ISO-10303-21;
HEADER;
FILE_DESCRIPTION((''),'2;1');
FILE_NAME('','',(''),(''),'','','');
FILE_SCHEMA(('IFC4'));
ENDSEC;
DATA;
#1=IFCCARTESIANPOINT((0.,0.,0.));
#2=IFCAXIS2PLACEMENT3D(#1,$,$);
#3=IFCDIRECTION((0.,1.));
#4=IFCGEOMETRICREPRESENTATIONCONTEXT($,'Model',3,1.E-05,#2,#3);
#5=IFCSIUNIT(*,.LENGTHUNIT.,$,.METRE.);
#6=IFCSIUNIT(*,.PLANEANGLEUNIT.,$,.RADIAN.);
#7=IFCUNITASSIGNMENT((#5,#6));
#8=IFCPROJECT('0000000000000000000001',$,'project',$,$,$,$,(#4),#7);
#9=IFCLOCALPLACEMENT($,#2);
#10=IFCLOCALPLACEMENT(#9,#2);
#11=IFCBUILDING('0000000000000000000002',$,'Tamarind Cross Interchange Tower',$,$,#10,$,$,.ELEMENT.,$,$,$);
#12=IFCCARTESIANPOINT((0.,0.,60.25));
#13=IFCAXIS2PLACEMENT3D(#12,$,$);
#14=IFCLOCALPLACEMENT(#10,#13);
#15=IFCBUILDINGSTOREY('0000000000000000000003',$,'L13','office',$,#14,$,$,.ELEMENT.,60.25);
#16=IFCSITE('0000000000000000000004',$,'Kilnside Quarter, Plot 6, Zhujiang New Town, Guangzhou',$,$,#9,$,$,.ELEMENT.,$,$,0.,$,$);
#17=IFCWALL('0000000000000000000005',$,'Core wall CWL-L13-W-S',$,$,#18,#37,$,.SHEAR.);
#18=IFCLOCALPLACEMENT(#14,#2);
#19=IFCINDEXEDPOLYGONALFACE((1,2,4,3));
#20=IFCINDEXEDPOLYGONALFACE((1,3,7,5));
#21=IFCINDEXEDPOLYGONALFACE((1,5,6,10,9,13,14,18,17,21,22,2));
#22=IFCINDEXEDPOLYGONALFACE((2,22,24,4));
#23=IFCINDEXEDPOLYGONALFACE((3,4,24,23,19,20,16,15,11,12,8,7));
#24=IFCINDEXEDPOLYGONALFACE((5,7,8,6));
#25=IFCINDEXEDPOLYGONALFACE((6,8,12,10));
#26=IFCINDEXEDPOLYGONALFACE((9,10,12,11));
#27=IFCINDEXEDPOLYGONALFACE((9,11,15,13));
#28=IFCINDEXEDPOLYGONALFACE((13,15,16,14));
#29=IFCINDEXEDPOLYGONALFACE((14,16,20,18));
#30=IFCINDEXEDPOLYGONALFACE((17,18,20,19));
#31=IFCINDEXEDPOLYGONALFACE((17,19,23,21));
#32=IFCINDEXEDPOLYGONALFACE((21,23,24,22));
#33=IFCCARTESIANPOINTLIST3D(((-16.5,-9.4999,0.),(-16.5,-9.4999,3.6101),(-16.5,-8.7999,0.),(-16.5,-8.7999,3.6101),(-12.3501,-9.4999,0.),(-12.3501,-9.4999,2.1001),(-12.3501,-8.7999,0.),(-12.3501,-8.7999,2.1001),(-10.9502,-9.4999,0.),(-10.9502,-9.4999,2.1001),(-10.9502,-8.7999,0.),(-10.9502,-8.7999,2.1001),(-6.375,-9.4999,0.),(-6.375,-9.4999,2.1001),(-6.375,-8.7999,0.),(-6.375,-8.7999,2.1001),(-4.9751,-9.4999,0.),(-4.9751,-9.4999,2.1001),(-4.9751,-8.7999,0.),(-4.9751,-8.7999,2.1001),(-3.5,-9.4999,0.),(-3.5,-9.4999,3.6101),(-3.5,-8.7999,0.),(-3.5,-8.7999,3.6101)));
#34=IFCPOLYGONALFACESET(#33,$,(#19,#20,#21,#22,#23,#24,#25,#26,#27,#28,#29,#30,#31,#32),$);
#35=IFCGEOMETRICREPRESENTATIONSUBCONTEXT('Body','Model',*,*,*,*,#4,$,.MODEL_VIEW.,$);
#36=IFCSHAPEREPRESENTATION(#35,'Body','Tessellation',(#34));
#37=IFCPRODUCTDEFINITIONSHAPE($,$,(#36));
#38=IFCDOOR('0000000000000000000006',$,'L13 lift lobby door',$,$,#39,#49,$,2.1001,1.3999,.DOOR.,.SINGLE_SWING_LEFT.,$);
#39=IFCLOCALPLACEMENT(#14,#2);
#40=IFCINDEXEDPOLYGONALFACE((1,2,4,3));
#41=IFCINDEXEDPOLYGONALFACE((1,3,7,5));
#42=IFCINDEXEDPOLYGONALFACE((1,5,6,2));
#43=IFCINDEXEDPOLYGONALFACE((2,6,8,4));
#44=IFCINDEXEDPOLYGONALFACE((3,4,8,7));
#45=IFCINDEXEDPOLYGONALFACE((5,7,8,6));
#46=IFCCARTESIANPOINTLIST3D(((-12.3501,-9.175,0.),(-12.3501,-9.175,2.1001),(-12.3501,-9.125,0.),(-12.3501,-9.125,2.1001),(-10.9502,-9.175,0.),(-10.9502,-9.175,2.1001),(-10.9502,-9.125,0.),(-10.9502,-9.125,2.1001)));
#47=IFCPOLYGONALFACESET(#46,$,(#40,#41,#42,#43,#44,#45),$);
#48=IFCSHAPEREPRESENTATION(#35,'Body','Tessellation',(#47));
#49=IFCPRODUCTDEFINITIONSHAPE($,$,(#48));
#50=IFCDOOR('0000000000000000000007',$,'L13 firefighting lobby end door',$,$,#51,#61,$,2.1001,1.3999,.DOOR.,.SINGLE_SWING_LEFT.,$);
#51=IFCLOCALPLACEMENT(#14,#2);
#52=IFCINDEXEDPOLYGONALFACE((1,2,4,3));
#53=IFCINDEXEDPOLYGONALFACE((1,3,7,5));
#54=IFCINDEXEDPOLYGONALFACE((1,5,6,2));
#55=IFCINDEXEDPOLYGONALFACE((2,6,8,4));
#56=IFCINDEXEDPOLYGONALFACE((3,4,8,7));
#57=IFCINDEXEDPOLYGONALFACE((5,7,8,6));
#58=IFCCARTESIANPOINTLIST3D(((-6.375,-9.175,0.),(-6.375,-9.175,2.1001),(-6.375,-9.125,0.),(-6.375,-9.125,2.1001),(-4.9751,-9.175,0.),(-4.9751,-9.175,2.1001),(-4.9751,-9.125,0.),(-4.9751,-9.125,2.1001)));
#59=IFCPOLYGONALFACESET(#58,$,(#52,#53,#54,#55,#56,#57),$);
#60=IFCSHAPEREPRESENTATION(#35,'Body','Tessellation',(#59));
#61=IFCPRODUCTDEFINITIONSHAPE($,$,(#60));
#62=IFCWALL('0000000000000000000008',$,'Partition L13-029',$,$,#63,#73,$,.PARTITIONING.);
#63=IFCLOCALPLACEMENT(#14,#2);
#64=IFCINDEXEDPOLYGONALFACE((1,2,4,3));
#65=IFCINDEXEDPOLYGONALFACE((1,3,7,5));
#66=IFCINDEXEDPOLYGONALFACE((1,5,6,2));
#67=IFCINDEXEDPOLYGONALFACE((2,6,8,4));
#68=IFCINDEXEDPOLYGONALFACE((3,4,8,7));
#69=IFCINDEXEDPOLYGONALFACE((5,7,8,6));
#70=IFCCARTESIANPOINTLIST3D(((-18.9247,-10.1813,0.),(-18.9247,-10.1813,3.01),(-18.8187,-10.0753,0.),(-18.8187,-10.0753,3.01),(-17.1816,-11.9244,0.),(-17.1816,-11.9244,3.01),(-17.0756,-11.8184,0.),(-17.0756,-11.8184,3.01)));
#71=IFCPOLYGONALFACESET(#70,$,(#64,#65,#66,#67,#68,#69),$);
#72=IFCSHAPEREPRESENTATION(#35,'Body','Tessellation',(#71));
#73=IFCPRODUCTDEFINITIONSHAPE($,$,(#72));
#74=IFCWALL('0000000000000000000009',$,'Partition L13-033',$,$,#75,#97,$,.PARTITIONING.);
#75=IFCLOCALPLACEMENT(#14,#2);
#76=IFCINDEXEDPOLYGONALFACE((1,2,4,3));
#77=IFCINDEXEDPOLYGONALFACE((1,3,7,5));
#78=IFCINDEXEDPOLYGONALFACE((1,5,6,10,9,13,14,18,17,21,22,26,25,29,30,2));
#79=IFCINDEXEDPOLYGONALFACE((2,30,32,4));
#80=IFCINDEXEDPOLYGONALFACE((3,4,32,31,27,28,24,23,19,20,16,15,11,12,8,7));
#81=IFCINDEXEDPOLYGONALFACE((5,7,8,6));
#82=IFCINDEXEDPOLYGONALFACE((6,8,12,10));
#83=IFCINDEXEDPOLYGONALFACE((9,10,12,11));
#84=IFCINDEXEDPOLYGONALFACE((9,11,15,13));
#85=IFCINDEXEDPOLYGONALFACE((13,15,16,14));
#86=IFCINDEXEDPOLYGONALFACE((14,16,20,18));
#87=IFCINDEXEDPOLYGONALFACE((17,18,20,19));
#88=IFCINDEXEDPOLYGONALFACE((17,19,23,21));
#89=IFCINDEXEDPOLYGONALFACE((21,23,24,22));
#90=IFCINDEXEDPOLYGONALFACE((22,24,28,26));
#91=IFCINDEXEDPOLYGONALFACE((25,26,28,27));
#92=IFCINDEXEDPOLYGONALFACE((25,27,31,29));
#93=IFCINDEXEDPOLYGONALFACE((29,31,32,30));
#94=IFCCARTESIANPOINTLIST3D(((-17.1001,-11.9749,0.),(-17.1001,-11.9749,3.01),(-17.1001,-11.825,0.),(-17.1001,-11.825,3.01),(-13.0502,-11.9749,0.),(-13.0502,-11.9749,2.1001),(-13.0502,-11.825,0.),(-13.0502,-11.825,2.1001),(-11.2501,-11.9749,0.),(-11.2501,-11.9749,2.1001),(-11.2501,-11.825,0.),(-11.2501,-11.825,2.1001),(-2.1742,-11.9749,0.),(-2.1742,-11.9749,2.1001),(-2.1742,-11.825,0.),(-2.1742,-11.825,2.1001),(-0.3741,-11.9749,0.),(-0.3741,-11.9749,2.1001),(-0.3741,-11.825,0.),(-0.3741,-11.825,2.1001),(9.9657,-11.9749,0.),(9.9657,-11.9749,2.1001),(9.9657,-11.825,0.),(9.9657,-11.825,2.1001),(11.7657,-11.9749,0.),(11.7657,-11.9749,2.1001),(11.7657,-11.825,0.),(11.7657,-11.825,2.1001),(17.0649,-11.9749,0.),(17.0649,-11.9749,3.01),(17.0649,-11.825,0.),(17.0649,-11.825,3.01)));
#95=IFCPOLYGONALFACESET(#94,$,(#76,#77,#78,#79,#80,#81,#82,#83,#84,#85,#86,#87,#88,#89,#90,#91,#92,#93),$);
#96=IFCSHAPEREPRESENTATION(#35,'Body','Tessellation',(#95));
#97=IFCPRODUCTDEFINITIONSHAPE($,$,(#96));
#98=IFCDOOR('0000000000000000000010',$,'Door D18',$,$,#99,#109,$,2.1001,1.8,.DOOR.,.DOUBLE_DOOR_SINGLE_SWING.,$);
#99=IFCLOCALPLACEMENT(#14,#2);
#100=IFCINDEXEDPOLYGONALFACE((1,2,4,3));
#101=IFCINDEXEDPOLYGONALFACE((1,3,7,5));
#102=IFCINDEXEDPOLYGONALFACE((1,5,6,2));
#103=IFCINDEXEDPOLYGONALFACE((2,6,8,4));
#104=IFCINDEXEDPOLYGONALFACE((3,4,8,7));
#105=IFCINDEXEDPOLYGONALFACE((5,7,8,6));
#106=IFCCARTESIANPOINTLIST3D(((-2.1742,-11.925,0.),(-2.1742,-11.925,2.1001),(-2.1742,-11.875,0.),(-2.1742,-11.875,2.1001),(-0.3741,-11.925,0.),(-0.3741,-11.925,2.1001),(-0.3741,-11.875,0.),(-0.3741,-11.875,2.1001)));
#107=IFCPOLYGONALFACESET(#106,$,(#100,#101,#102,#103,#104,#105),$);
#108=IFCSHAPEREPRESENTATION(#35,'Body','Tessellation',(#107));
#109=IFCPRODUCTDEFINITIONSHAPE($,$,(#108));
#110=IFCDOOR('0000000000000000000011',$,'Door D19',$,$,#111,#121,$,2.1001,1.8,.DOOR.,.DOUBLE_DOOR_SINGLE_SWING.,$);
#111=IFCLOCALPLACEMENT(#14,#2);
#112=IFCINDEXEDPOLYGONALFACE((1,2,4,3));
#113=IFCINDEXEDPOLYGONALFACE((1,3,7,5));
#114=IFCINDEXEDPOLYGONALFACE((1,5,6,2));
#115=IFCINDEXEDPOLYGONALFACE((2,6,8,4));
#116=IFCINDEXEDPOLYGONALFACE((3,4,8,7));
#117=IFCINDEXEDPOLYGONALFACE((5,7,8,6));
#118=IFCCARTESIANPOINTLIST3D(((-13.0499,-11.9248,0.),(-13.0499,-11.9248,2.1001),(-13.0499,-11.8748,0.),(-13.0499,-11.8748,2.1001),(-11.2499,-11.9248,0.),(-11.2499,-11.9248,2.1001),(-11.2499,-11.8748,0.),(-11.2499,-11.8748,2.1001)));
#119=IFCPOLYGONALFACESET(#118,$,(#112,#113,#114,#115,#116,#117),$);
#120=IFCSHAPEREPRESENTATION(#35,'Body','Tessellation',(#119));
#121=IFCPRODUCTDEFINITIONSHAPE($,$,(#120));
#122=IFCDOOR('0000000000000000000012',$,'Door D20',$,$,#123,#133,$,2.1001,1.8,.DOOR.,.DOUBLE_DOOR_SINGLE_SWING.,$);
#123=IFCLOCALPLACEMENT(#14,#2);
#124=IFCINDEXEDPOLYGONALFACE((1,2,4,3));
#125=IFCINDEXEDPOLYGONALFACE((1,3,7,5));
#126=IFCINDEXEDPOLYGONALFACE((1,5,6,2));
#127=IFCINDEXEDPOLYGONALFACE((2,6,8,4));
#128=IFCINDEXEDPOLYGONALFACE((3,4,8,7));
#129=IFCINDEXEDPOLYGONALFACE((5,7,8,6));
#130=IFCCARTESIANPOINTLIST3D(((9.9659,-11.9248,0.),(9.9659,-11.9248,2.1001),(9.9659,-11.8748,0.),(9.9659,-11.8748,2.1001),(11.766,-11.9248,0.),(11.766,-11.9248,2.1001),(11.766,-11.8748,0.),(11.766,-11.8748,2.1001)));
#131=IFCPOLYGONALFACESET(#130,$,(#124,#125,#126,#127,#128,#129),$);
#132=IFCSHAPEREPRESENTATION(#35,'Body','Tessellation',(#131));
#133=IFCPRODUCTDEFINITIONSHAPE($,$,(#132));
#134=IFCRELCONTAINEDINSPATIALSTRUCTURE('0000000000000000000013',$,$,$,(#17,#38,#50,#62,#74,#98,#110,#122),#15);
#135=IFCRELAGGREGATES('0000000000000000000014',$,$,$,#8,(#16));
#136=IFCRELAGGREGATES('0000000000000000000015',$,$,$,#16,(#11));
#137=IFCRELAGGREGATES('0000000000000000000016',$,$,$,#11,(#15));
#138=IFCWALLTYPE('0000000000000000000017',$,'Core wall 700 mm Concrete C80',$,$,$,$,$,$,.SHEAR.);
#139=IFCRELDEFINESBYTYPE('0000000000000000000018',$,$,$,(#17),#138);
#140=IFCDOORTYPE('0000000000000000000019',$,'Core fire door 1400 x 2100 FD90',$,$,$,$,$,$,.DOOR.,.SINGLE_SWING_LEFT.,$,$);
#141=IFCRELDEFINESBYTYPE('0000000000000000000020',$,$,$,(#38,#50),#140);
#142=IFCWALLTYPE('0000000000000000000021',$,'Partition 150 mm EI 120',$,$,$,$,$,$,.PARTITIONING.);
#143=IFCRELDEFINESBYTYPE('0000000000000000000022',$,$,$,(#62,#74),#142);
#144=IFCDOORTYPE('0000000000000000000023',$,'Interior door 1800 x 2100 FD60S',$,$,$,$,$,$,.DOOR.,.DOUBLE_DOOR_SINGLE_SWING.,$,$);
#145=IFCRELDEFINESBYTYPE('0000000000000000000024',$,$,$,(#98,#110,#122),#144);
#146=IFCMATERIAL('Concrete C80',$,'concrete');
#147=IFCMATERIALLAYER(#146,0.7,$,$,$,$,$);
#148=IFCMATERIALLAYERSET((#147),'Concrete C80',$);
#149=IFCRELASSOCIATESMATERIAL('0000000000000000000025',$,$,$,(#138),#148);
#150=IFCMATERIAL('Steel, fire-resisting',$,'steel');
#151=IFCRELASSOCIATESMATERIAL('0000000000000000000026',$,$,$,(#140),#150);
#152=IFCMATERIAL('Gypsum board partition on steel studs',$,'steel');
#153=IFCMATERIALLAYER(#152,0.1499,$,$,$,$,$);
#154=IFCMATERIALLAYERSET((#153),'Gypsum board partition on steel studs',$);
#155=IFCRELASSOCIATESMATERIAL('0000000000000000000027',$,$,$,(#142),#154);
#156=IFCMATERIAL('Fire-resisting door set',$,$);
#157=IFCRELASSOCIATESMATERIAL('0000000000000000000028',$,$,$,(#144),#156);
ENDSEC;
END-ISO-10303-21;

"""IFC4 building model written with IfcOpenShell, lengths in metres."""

from ifc_helpers import new_model, si_unit, direction, frame, frame_2d, origin, place, context, subcontext, project, spatial, rectangle, extrude, material, layer, layer_set, type_object, element, fill, save


model = new_model("IFC4")

# Units and contexts
model_context = context("Model", 3, precision=1e-05, world=origin(), true_north=direction((0.0, 1.0)))
body_context = subcontext(model_context, "Body", "Model", "MODEL_VIEW")
ifc_project = project(units=[si_unit("LENGTHUNIT", "METRE"), si_unit("PLANEANGLEUNIT", "RADIAN")], contexts=[model_context])

# Site, building, storey
site_placement = place(None, origin())
site = spatial("IfcSite", under=ifc_project, at=site_placement, Name="Kilnside Quarter, Plot 6, Zhujiang New Town, Guangzhou", CompositionType="ELEMENT", RefElevation=0.0)
building_placement = place(site_placement, origin())
building = spatial("IfcBuilding", under=site, at=building_placement, Name="Tamarind Cross Interchange Tower", CompositionType="ELEMENT")
storey_placement = place(building_placement, frame((0.0, 0.0, 60.25)))
storey = spatial("IfcBuildingStorey", under=building, at=storey_placement, Name="L13", Description="office", CompositionType="ELEMENT", Elevation=60.25)

# Wall, openings, doors
ifc_material_1 = material(Name="Concrete C80", Category="concrete")
ifc_layer_1 = layer(ifc_material_1, 0.7)
ifc_layer_set_1 = layer_set([ifc_layer_1], Name="Concrete C80")
wall_type_1 = type_object("IfcWallType", Name="Core wall 700 mm Concrete C80", PredefinedType="SHEAR", material=ifc_layer_set_1)
wall_1_placement = place(storey_placement, frame((-16.5, -9.1499, 0.0), z_axis=(0.0, 0.0, 1.0), x_axis=(1.0, 0.0, 0.0)))
wall_1 = element("IfcWall", 1, at=wall_1_placement, inside=storey, type_object=wall_type_1, Name="Core wall CWL-L13-W-S", PredefinedType="SHEAR", context=body_context, shape_type="SweptSolid", body=[
    extrude(rectangle(XDim=13.0, YDim=0.7, at=frame_2d((6.5, 0.0))), origin(), (0.0, 0.0, 1.0), 3.6101),
])
opening_1_placement = place(wall_1_placement, frame((4.1499, 0.0, 0.0)))
opening_1 = element("IfcOpeningElement", 2, at=opening_1_placement, cuts=wall_1, PredefinedType="OPENING", context=body_context, shape_type="SweptSolid", body=[
    extrude(rectangle(XDim=1.3999, YDim=2.1001, at=frame_2d((0.7, 1.05))), frame((0.0, 0.3599, 0.0), z_axis=(0.0, -1.0, 0.0), x_axis=(1.0, 0.0, 0.0)), (0.0, 0.0, 1.0), 0.72),
])
opening_2_placement = place(wall_1_placement, frame((10.125, 0.0, 0.0)))
opening_2 = element("IfcOpeningElement", 3, at=opening_2_placement, cuts=wall_1, PredefinedType="OPENING", context=body_context, shape_type="SweptSolid", body=[
    extrude(rectangle(XDim=1.3999, YDim=2.1001, at=frame_2d((0.7, 1.05))), frame((0.0, 0.3599, 0.0), z_axis=(0.0, -1.0, 0.0), x_axis=(1.0, 0.0, 0.0)), (0.0, 0.0, 1.0), 0.72),
])
ifc_material_2 = material(Name="Steel, fire-resisting", Category="steel")
door_type_1 = type_object("IfcDoorType", Name="Core fire door 1400 x 2100 FD90", OperationType="SINGLE_SWING_LEFT", PredefinedType="DOOR", material=ifc_material_2)
door_1_placement = place(opening_1_placement, origin())
door_1 = element("IfcDoor", 4, at=door_1_placement, inside=storey, type_object=door_type_1, Name="L13 lift lobby door", OperationType="SINGLE_SWING_LEFT", OverallHeight=2.1001, OverallWidth=1.3999, PredefinedType="DOOR", context=body_context, shape_type="SweptSolid", body=[
    extrude(rectangle(XDim=1.3999, YDim=2.1001, at=frame_2d((0.7, 1.05))), frame((0.0, 0.0249, 0.0), z_axis=(0.0, -1.0, 0.0), x_axis=(1.0, 0.0, 0.0)), (0.0, 0.0, 1.0), 0.05),
])
fill(opening_1, door_1)
door_2_placement = place(opening_2_placement, origin())
door_2 = element("IfcDoor", 5, at=door_2_placement, inside=storey, type_object=door_type_1, Name="L13 firefighting lobby end door", OperationType="SINGLE_SWING_LEFT", OverallHeight=2.1001, OverallWidth=1.3999, PredefinedType="DOOR", context=body_context, shape_type="SweptSolid", body=[
    extrude(rectangle(XDim=1.3999, YDim=2.1001, at=frame_2d((0.7, 1.05))), frame((0.0, 0.0249, 0.0), z_axis=(0.0, -1.0, 0.0), x_axis=(1.0, 0.0, 0.0)), (0.0, 0.0, 1.0), 0.05),
])
fill(opening_2, door_2)

# Wall
ifc_material_3 = material(Name="Gypsum board partition on steel studs", Category="steel")
ifc_layer_2 = layer(ifc_material_3, 0.1499)
ifc_layer_set_2 = layer_set([ifc_layer_2], Name="Gypsum board partition on steel studs")
wall_type_2 = type_object("IfcWallType", Name="Partition 150 mm EI 120", PredefinedType="PARTITIONING", material=ifc_layer_set_2)
wall_2_placement = place(storey_placement, frame((-18.8716, -10.1284, 0.0), z_axis=(0.0, 0.0, 1.0), x_axis=(0.707107, -0.707107, 0.0)))
element("IfcWall", 6, at=wall_2_placement, inside=storey, type_object=wall_type_2, Name="Partition L13-029", PredefinedType="PARTITIONING", context=body_context, shape_type="SweptSolid", body=[
    extrude(rectangle(XDim=2.4651, YDim=0.1499, at=frame_2d((1.2324, 0.0))), origin(), (0.0, 0.0, 1.0), 3.01),
])

# Wall, openings, doors
wall_3_placement = place(storey_placement, frame((-17.1001, -11.8999, 0.0), z_axis=(0.0, 0.0, 1.0), x_axis=(1.0, 0.0, 0.0)))
wall_3 = element("IfcWall", 7, at=wall_3_placement, inside=storey, type_object=wall_type_2, Name="Partition L13-033", PredefinedType="PARTITIONING", context=body_context, shape_type="SweptSolid", body=[
    extrude(rectangle(XDim=34.165, YDim=0.1499, at=frame_2d((17.0825, 0.0))), origin(), (0.0, 0.0, 1.0), 3.01),
])
opening_3_placement = place(wall_3_placement, frame((14.926, 0.0, 0.0)))
opening_3 = element("IfcOpeningElement", 8, at=opening_3_placement, cuts=wall_3, PredefinedType="OPENING", context=body_context, shape_type="SweptSolid", body=[
    extrude(rectangle(XDim=1.8, YDim=2.1001, at=frame_2d((0.8999, 1.05))), frame((0.0, 0.085, 0.0), z_axis=(0.0, -1.0, 0.0), x_axis=(1.0, 0.0, 0.0)), (0.0, 0.0, 1.0), 0.1699),
])
opening_4_placement = place(wall_3_placement, frame((4.05, 0.0, 0.0)))
opening_4 = element("IfcOpeningElement", 9, at=opening_4_placement, cuts=wall_3, PredefinedType="OPENING", context=body_context, shape_type="SweptSolid", body=[
    extrude(rectangle(XDim=1.8, YDim=2.1001, at=frame_2d((0.8999, 1.05))), frame((0.0, 0.085, 0.0), z_axis=(0.0, -1.0, 0.0), x_axis=(1.0, 0.0, 0.0)), (0.0, 0.0, 1.0), 0.1699),
])
opening_5_placement = place(wall_3_placement, frame((27.0659, 0.0, 0.0)))
opening_5 = element("IfcOpeningElement", 10, at=opening_5_placement, cuts=wall_3, PredefinedType="OPENING", context=body_context, shape_type="SweptSolid", body=[
    extrude(rectangle(XDim=1.8, YDim=2.1001, at=frame_2d((0.8999, 1.05))), frame((0.0, 0.085, 0.0), z_axis=(0.0, -1.0, 0.0), x_axis=(1.0, 0.0, 0.0)), (0.0, 0.0, 1.0), 0.1699),
])
ifc_material_4 = material(Name="Fire-resisting door set")
door_type_2 = type_object("IfcDoorType", Name="Interior door 1800 x 2100 FD60S", OperationType="DOUBLE_DOOR_SINGLE_SWING", PredefinedType="DOOR", material=ifc_material_4)
door_3_placement = place(opening_3_placement, origin())
door_3 = element("IfcDoor", 11, at=door_3_placement, inside=storey, type_object=door_type_2, Name="Door D18", OperationType="DOUBLE_DOOR_SINGLE_SWING", OverallHeight=2.1001, OverallWidth=1.8, PredefinedType="DOOR", context=body_context, shape_type="SweptSolid", body=[
    extrude(rectangle(XDim=1.8, YDim=2.1001, at=frame_2d((0.8999, 1.05))), frame((0.0, 0.0249, 0.0), z_axis=(0.0, -1.0, 0.0), x_axis=(1.0, 0.0, 0.0)), (0.0, 0.0, 1.0), 0.05),
])
fill(opening_3, door_3)
door_4_placement = place(opening_4_placement, frame((1.8, 0.0, 0.0), z_axis=(0.0, 0.0, 1.0), x_axis=(-1.0, 0.0, 0.0)))
door_4 = element("IfcDoor", 12, at=door_4_placement, inside=storey, type_object=door_type_2, Name="Door D19", OperationType="DOUBLE_DOOR_SINGLE_SWING", OverallHeight=2.1001, OverallWidth=1.8, PredefinedType="DOOR", context=body_context, shape_type="SweptSolid", body=[
    extrude(rectangle(XDim=1.8, YDim=2.1001, at=frame_2d((0.8999, 1.05))), frame((0.0, 0.0249, 0.0), z_axis=(0.0, -1.0, 0.0), x_axis=(1.0, 0.0, 0.0)), (0.0, 0.0, 1.0), 0.05),
])
fill(opening_4, door_4)
door_5_placement = place(opening_5_placement, frame((1.8, 0.0, 0.0), z_axis=(0.0, 0.0, 1.0), x_axis=(-1.0, 0.0, 0.0)))
door_5 = element("IfcDoor", 13, at=door_5_placement, inside=storey, type_object=door_type_2, Name="Door D20", OperationType="DOUBLE_DOOR_SINGLE_SWING", OverallHeight=2.1001, OverallWidth=1.8, PredefinedType="DOOR", context=body_context, shape_type="SweptSolid", body=[
    extrude(rectangle(XDim=1.8, YDim=2.1001, at=frame_2d((0.8999, 1.05))), frame((0.0, 0.0249, 0.0), z_axis=(0.0, -1.0, 0.0), x_axis=(1.0, 0.0, 0.0)), (0.0, 0.0, 1.0), 0.05),
])
fill(opening_5, door_5)

save(model, "model.ifc")
